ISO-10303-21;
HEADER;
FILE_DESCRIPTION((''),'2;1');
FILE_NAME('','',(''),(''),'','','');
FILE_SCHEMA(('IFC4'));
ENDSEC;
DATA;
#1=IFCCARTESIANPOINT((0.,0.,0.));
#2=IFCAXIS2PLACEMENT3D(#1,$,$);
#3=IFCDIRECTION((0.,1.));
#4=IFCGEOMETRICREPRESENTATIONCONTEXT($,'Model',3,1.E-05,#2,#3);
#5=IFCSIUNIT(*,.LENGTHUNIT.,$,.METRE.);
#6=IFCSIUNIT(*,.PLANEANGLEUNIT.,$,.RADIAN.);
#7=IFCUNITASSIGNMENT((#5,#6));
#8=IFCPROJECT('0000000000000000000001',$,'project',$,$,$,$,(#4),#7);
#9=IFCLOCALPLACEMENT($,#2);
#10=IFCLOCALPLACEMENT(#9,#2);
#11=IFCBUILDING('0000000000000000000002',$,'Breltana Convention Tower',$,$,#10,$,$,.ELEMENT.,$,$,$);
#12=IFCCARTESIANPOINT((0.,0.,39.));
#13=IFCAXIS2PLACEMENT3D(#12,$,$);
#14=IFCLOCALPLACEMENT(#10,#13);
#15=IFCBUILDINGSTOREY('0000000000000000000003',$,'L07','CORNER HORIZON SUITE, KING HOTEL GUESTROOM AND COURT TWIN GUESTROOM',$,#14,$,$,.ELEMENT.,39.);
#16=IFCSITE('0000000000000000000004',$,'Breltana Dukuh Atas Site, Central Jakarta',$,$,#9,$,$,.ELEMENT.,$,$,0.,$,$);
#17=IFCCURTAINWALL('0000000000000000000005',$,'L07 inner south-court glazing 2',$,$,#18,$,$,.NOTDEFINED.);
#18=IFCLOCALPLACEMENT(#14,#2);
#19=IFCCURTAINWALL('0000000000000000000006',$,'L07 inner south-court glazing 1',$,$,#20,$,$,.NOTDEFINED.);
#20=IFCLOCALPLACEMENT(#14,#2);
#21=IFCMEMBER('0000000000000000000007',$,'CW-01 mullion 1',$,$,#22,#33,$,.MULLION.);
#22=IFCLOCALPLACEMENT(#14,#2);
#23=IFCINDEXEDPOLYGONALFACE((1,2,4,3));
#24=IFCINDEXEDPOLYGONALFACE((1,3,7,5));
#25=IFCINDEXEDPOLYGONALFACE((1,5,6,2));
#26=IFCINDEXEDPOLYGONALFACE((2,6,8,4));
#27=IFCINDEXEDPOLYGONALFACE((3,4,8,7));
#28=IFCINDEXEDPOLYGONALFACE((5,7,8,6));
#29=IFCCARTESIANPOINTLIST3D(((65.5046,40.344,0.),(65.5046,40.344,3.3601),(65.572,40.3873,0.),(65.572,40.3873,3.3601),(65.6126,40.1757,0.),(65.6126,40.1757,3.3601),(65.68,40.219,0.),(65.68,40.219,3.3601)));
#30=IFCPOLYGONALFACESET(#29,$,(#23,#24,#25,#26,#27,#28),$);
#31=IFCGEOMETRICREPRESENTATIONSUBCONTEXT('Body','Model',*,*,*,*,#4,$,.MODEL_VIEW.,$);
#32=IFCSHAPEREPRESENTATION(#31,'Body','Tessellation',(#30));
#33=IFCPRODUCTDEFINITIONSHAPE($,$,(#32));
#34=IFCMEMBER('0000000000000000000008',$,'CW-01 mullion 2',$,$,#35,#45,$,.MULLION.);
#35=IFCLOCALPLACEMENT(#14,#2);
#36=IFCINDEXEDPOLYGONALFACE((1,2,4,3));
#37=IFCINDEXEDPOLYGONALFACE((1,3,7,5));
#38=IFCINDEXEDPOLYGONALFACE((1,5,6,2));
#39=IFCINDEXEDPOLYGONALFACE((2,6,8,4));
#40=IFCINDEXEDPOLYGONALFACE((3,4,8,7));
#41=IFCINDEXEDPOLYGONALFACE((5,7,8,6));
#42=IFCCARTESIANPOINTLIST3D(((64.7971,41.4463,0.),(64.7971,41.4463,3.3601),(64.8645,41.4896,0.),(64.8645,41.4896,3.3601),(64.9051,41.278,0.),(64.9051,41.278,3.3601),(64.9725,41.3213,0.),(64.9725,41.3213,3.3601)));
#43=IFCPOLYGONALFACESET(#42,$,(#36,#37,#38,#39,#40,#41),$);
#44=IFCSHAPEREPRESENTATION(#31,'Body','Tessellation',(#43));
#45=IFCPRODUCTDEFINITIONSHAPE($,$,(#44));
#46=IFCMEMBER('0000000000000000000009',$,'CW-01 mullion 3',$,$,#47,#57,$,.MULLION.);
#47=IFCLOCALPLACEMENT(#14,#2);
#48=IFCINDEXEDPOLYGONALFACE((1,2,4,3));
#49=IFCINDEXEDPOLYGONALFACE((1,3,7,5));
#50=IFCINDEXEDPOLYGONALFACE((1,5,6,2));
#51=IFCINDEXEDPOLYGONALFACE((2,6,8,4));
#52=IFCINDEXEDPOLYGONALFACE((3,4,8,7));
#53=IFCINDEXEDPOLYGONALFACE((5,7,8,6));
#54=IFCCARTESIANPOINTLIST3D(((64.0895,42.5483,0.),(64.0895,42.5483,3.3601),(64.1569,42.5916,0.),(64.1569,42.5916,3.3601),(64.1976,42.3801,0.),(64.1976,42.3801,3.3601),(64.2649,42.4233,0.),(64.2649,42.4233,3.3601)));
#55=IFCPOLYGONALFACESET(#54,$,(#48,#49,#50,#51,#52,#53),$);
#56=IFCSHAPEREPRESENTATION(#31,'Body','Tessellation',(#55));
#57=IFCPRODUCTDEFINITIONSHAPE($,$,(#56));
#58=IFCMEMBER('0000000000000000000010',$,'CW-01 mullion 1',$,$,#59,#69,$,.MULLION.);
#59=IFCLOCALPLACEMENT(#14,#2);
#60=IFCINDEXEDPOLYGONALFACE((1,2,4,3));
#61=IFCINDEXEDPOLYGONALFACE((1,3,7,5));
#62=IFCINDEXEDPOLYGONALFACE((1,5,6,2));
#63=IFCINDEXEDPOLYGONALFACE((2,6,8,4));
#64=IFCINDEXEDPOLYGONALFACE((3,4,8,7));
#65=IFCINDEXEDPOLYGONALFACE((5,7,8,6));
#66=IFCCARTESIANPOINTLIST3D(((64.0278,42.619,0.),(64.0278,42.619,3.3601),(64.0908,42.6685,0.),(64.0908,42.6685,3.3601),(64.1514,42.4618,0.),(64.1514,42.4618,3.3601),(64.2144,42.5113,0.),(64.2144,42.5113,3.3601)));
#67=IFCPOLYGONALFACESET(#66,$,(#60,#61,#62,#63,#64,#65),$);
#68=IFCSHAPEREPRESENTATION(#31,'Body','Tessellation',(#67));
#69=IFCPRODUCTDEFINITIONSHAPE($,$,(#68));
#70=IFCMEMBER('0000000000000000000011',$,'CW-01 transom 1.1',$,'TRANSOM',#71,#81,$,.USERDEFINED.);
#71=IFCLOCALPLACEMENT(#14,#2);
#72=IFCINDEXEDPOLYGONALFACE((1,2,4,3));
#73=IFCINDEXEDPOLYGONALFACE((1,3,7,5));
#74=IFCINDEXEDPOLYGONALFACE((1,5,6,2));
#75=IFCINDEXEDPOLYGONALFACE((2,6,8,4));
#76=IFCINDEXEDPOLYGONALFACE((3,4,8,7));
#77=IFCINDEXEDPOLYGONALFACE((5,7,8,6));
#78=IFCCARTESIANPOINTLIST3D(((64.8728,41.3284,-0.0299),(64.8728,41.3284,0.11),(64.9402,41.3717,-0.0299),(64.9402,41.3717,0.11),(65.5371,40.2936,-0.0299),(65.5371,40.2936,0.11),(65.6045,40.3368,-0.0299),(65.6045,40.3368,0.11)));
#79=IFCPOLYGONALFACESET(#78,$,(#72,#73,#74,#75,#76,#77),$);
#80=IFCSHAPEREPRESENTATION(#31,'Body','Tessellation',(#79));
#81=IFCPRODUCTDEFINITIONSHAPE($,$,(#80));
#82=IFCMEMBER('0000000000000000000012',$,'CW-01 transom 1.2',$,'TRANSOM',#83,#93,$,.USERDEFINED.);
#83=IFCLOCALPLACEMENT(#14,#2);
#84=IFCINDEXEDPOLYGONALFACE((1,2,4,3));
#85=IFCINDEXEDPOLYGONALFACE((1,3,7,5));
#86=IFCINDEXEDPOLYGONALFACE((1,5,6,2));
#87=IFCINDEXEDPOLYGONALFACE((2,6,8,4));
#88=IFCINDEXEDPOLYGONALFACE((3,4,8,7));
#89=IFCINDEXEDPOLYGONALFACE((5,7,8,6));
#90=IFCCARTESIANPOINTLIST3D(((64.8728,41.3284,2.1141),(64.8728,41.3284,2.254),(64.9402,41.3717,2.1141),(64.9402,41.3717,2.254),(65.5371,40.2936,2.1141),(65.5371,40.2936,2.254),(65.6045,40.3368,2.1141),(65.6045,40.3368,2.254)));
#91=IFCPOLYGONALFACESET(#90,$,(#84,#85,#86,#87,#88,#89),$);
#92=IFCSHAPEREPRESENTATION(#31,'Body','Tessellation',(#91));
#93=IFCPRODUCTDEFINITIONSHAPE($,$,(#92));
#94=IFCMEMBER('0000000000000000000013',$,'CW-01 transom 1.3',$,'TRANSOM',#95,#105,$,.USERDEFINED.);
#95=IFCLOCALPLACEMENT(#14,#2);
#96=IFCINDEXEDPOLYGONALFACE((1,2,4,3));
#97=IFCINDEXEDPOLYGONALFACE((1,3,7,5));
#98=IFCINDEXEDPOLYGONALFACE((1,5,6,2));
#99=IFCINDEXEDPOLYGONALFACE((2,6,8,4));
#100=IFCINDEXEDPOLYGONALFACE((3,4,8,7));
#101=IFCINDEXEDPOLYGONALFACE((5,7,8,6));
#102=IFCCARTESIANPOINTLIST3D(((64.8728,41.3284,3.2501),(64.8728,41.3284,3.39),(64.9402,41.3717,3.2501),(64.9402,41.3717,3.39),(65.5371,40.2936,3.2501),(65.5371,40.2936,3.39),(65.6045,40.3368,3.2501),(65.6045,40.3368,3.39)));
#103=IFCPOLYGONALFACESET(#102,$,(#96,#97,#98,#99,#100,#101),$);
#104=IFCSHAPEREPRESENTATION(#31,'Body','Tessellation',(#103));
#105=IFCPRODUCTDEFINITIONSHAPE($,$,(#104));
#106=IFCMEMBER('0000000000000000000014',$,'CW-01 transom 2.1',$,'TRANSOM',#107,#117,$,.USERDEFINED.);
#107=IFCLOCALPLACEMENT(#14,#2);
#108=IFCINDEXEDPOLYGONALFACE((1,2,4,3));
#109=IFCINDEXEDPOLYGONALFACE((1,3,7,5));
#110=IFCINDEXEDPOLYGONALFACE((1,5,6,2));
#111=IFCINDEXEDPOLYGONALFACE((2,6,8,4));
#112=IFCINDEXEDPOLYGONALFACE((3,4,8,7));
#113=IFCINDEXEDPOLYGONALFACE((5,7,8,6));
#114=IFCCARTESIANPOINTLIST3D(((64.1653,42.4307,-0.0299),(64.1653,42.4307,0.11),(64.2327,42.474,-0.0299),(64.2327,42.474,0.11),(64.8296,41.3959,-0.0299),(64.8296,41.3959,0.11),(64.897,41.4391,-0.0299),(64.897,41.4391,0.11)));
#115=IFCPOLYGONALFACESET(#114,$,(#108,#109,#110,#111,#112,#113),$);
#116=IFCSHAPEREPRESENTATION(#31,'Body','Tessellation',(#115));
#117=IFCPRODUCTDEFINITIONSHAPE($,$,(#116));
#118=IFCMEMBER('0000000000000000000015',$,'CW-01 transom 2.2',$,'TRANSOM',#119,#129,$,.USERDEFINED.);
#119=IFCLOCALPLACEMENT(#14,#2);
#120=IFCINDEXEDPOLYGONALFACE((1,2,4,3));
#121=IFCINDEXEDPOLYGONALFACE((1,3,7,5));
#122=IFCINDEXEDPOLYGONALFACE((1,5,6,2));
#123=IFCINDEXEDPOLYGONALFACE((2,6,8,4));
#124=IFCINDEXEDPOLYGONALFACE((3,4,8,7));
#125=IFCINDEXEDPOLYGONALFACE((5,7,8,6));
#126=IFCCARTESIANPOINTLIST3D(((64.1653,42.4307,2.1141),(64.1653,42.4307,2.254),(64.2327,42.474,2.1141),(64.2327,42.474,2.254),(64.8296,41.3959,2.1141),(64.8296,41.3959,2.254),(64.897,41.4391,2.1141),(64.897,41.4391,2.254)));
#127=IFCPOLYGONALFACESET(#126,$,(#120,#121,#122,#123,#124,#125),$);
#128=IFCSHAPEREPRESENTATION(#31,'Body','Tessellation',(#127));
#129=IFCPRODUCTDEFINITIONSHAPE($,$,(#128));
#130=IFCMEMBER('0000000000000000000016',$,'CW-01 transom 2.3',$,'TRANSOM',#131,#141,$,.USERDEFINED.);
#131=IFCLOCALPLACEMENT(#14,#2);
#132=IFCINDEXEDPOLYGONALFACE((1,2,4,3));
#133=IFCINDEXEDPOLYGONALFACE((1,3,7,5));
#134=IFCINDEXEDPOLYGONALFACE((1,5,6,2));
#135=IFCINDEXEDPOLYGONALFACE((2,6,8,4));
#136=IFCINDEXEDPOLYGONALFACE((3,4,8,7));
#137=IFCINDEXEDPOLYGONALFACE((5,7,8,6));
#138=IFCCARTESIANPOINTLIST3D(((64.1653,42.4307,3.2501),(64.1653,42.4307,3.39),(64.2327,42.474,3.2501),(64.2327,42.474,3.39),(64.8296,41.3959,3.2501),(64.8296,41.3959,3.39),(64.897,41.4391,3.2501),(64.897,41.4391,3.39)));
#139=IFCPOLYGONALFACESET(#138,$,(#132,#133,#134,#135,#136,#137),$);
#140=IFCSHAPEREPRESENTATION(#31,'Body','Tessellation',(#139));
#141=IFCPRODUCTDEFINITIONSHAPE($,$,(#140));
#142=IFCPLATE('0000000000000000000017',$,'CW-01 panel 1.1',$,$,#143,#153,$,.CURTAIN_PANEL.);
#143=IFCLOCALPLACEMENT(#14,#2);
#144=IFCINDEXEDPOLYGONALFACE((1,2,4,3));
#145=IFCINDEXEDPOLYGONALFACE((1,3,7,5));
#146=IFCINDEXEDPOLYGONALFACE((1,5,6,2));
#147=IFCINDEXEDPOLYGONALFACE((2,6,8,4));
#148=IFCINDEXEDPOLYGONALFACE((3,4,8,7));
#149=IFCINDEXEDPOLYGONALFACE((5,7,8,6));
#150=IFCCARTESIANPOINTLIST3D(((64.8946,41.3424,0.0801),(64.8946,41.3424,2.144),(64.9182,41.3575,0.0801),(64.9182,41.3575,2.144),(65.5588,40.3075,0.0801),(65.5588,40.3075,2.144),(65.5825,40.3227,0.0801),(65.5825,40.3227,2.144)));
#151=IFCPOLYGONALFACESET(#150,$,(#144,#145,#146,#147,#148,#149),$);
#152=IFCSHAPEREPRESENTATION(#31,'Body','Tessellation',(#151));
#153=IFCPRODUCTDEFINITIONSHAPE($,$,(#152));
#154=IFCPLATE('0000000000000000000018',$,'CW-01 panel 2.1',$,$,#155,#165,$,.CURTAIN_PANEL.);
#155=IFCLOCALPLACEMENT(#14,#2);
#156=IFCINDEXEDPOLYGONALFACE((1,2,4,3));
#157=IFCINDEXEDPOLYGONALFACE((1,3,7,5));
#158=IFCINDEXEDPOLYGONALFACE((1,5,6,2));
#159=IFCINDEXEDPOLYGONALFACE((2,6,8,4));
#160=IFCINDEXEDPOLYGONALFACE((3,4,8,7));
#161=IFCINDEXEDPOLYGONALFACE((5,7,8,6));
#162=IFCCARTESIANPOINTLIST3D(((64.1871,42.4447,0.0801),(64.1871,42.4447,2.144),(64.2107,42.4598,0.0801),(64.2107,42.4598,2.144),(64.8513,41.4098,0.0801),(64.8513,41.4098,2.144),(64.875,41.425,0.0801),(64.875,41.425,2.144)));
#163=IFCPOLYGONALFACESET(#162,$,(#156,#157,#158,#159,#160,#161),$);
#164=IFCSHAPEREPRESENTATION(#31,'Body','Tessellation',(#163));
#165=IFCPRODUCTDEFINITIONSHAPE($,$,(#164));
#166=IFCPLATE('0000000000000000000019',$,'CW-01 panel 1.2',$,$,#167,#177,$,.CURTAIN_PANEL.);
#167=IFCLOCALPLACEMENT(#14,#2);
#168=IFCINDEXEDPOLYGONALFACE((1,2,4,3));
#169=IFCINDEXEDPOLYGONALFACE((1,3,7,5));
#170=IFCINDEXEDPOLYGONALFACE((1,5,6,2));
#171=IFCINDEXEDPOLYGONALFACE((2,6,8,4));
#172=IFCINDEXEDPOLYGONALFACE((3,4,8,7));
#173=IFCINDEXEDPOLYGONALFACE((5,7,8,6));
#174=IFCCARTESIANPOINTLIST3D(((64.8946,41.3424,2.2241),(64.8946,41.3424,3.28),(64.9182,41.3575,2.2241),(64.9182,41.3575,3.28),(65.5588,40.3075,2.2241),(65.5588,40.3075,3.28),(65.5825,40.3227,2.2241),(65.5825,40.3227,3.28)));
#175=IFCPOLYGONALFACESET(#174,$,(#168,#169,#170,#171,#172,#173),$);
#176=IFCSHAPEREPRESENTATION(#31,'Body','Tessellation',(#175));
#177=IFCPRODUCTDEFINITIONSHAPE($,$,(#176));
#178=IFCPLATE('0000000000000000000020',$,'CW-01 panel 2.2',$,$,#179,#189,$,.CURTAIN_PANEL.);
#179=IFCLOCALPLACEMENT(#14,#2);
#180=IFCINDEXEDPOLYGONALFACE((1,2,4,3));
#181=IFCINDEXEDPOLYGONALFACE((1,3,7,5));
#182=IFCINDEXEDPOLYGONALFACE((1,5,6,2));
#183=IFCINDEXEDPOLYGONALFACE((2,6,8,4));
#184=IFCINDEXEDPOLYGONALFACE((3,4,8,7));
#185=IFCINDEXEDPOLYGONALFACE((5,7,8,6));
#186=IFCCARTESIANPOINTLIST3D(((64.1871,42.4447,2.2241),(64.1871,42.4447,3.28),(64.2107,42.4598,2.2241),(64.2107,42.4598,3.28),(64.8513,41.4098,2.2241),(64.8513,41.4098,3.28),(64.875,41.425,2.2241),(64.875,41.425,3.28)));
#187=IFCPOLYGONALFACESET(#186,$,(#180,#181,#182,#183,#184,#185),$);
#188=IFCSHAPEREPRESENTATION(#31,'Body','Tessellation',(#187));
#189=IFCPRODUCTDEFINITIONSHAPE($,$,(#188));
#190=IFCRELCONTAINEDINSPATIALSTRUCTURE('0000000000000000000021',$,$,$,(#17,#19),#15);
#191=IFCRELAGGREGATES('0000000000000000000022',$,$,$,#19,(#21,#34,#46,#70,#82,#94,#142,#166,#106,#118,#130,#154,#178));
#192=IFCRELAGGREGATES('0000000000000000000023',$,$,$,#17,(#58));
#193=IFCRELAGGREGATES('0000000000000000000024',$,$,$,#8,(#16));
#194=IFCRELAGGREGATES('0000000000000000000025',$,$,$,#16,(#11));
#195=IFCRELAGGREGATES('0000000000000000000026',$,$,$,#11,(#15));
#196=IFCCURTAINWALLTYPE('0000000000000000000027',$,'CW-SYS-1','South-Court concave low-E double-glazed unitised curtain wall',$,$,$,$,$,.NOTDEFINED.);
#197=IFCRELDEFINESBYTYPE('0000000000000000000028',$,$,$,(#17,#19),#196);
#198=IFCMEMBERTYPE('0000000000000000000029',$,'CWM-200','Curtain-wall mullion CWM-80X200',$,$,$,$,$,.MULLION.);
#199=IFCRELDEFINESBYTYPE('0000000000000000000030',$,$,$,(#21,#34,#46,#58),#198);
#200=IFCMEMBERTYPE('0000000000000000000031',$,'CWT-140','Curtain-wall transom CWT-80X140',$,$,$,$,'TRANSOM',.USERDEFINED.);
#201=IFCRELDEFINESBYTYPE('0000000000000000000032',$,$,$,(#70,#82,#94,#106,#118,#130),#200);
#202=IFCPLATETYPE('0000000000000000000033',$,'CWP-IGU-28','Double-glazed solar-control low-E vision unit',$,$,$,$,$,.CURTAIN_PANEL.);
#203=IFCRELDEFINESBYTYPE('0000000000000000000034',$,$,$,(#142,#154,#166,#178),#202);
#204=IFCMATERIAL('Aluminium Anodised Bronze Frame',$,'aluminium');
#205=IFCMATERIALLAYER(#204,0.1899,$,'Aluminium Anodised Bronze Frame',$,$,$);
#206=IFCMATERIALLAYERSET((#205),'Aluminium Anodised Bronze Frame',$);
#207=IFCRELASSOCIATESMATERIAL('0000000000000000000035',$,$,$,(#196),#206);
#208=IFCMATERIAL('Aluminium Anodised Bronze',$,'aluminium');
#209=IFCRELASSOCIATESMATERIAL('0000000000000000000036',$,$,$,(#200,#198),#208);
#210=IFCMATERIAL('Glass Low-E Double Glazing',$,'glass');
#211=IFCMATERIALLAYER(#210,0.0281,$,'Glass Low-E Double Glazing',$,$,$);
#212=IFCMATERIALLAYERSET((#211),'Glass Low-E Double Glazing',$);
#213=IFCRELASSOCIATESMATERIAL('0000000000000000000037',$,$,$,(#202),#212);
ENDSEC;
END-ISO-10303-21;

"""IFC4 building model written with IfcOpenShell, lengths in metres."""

from ifc_helpers import new_model, si_unit, direction, frame, origin, origin_2d, place, context, subcontext, project, spatial, rectangle, extrude, source, transform, mapped, material, layer, layer_set, material_profile, profile_set, type_object, element, aggregate, save


model = new_model("IFC4")

# Units and contexts
model_context = context("Model", 3, precision=1e-05, world=origin(), true_north=direction((0.0, 1.0)))
body_context = subcontext(model_context, "Body", "Model", "MODEL_VIEW")
ifc_project = project(units=[si_unit("LENGTHUNIT", "METRE"), si_unit("PLANEANGLEUNIT", "RADIAN")], contexts=[model_context])

# Site, building, storey
site_placement = place(None, origin())
site = spatial("IfcSite", under=ifc_project, at=site_placement, Name="Breltana Dukuh Atas Site, Central Jakarta", CompositionType="ELEMENT", RefElevation=0.0)
building_placement = place(site_placement, origin())
building = spatial("IfcBuilding", under=site, at=building_placement, Name="Breltana Convention Tower", CompositionType="ELEMENT")
storey_placement = place(building_placement, frame((0.0, 0.0, 39.0)))
storey = spatial("IfcBuildingStorey", under=building, at=storey_placement, Name="L07", Description="CORNER HORIZON SUITE, KING HOTEL GUESTROOM AND COURT TWIN GUESTROOM", CompositionType="ELEMENT", Elevation=39.0)

# Curtain walls, members
ifc_material_1 = material(Name="Aluminium Anodised Bronze Frame", Category="aluminium")
ifc_layer_1 = layer(ifc_material_1, 0.1899, Name="Aluminium Anodised Bronze Frame")
ifc_layer_set_1 = layer_set([ifc_layer_1], Name="Aluminium Anodised Bronze Frame")
curtain_wall_type = type_object("IfcCurtainWallType", Name="CW-SYS-1", Description="South-Court concave low-E double-glazed unitised curtain wall", PredefinedType="NOTDEFINED", material=ifc_layer_set_1)
curtain_wall_1_placement = place(storey_placement, origin())
curtain_wall_1 = element("IfcCurtainWall", 1, at=curtain_wall_1_placement, inside=storey, type_object=curtain_wall_type, Name="L07 inner south-court glazing 2", PredefinedType="NOTDEFINED")
ifc_material_2 = material(Name="Aluminium Anodised Bronze", Category="aluminium")
ifc_material_profile_1 = material_profile(ifc_material_2, rectangle(XDim=0.0801, YDim=0.1399, at=origin_2d()), Name="CWT-80X140")
ifc_profile_set_1 = profile_set([ifc_material_profile_1], Name="Aluminium Anodised Bronze")
member_type_1 = type_object("IfcMemberType", Name="CWT-140", Description="Curtain-wall transom CWT-80X140", ElementType="TRANSOM", PredefinedType="USERDEFINED", material=ifc_profile_set_1)
curtain_wall_2_placement = place(storey_placement, origin())
curtain_wall_2 = element("IfcCurtainWall", 2, at=curtain_wall_2_placement, inside=storey, type_object=curtain_wall_type, Name="L07 inner south-court glazing 1", PredefinedType="NOTDEFINED")
ifc_material_profile_2 = material_profile(ifc_material_2, rectangle(XDim=0.0801, YDim=0.2, at=origin_2d()), Name="CWM-80X200")
ifc_profile_set_2 = profile_set([ifc_material_profile_2], Name="Aluminium Anodised Bronze")
member_type_2 = type_object("IfcMemberType", Name="CWM-200", Description="Curtain-wall mullion CWM-80X200", PredefinedType="MULLION", material=ifc_profile_set_2)
shared_shape_1 = source(origin(), body_context, "Body", "SweptSolid", [
    extrude(rectangle(XDim=0.0801, YDim=0.2, at=origin_2d()), origin(), (0.0, 0.0, 1.0), 3.3601),
])
member_1_placement = place(storey_placement, frame((65.5923, 40.2815, 0.0), z_axis=(0.0, 0.0, 1.0), x_axis=(-0.841556, -0.54017, 0.0)))
member_1 = element("IfcMember", 3, at=member_1_placement, type_object=member_type_2, Name="CW-01 mullion 1", PredefinedType="MULLION", context=body_context, shape_type="MappedRepresentation", body=[
    mapped(shared_shape_1, transform((0.0, 0.0, 0.0), scale=1.0)),
])
member_2_placement = place(storey_placement, frame((64.8848, 41.3838, 0.0), z_axis=(0.0, 0.0, 1.0), x_axis=(-0.841556, -0.54017, 0.0)))
member_2 = element("IfcMember", 4, at=member_2_placement, type_object=member_type_2, Name="CW-01 mullion 2", PredefinedType="MULLION", context=body_context, shape_type="MappedRepresentation", body=[
    mapped(shared_shape_1, transform((0.0, 0.0, 0.0), scale=1.0)),
])
member_3_placement = place(storey_placement, frame((64.1772, 42.4858, 0.0), z_axis=(0.0, 0.0, 1.0), x_axis=(-0.841556, -0.54017, 0.0)))
member_3 = element("IfcMember", 5, at=member_3_placement, type_object=member_type_2, Name="CW-01 mullion 3", PredefinedType="MULLION", context=body_context, shape_type="MappedRepresentation", body=[
    mapped(shared_shape_1, transform((0.0, 0.0, 0.0), scale=1.0)),
])

# Members
member_4_placement = place(storey_placement, frame((64.1211, 42.5652, 0.0), z_axis=(0.0, 0.0, 1.0), x_axis=(-0.786058, -0.618153, 0.0)))
member_4 = element("IfcMember", 6, at=member_4_placement, type_object=member_type_2, Name="CW-01 mullion 1", PredefinedType="MULLION", context=body_context, shape_type="MappedRepresentation", body=[
    mapped(shared_shape_1, transform((0.0, 0.0, 0.0), scale=1.0)),
])
shared_shape_2 = source(origin(), body_context, "Body", "SweptSolid", [
    extrude(rectangle(XDim=0.0801, YDim=0.1399, at=origin_2d()), origin(), (0.0, 0.0, 1.0), 1.2297),
])
member_5_placement = place(storey_placement, frame((65.5708, 40.3152, 0.04), z_axis=(-0.540186, 0.841546, 0.0), x_axis=(-0.841546, -0.540186, 0.0)))
member_5 = element("IfcMember", 7, at=member_5_placement, type_object=member_type_1, Name="CW-01 transom 1.1", ObjectType="TRANSOM", PredefinedType="USERDEFINED", context=body_context, shape_type="MappedRepresentation", body=[
    mapped(shared_shape_2, transform((0.0, 0.0, 0.0), scale=1.0)),
])
member_6_placement = place(storey_placement, frame((65.5708, 40.3152, 2.1841), z_axis=(-0.540186, 0.841546, 0.0), x_axis=(-0.841546, -0.540186, 0.0)))
member_6 = element("IfcMember", 8, at=member_6_placement, type_object=member_type_1, Name="CW-01 transom 1.2", ObjectType="TRANSOM", PredefinedType="USERDEFINED", context=body_context, shape_type="MappedRepresentation", body=[
    mapped(shared_shape_2, transform((0.0, 0.0, 0.0), scale=1.0)),
])
member_7_placement = place(storey_placement, frame((65.5708, 40.3152, 3.3201), z_axis=(-0.540186, 0.841546, 0.0), x_axis=(-0.841546, -0.540186, 0.0)))
member_7 = element("IfcMember", 9, at=member_7_placement, type_object=member_type_1, Name="CW-01 transom 1.3", ObjectType="TRANSOM", PredefinedType="USERDEFINED", context=body_context, shape_type="MappedRepresentation", body=[
    mapped(shared_shape_2, transform((0.0, 0.0, 0.0), scale=1.0)),
])
member_8_placement = place(storey_placement, frame((64.8633, 41.4175, 0.04), z_axis=(-0.540186, 0.841546, 0.0), x_axis=(-0.841546, -0.540186, 0.0)))
member_8 = element("IfcMember", 10, at=member_8_placement, type_object=member_type_1, Name="CW-01 transom 2.1", ObjectType="TRANSOM", PredefinedType="USERDEFINED", context=body_context, shape_type="MappedRepresentation", body=[
    mapped(shared_shape_2, transform((0.0, 0.0, 0.0), scale=1.0)),
])
member_9_placement = place(storey_placement, frame((64.8633, 41.4175, 2.1841), z_axis=(-0.540186, 0.841546, 0.0), x_axis=(-0.841546, -0.540186, 0.0)))
member_9 = element("IfcMember", 11, at=member_9_placement, type_object=member_type_1, Name="CW-01 transom 2.2", ObjectType="TRANSOM", PredefinedType="USERDEFINED", context=body_context, shape_type="MappedRepresentation", body=[
    mapped(shared_shape_2, transform((0.0, 0.0, 0.0), scale=1.0)),
])
member_10_placement = place(storey_placement, frame((64.8633, 41.4175, 3.3201), z_axis=(-0.540186, 0.841546, 0.0), x_axis=(-0.841546, -0.540186, 0.0)))
member_10 = element("IfcMember", 12, at=member_10_placement, type_object=member_type_1, Name="CW-01 transom 2.3", ObjectType="TRANSOM", PredefinedType="USERDEFINED", context=body_context, shape_type="MappedRepresentation", body=[
    mapped(shared_shape_2, transform((0.0, 0.0, 0.0), scale=1.0)),
])

# Plates
ifc_material_3 = material(Name="Glass Low-E Double Glazing", Category="glass")
ifc_layer_2 = layer(ifc_material_3, 0.0281, Name="Glass Low-E Double Glazing")
ifc_layer_set_2 = layer_set([ifc_layer_2], Name="Glass Low-E Double Glazing")
plate_type = type_object("IfcPlateType", Name="CWP-IGU-28", Description="Double-glazed solar-control low-E vision unit", PredefinedType="CURTAIN_PANEL", material=ifc_layer_set_2)
shared_shape_3 = source(origin(), body_context, "Body", "SweptSolid", [
    extrude(rectangle(XDim=1.2297, YDim=0.0281, at=origin_2d()), origin(), (0.0, 0.0, 1.0), 2.064),
])
plate_1_placement = place(storey_placement, frame((65.2385, 40.8325, 0.0801), z_axis=(0.0, 0.0, 1.0), x_axis=(-0.54017, 0.841556, 0.0)))
plate_1 = element("IfcPlate", 13, at=plate_1_placement, type_object=plate_type, Name="CW-01 panel 1.1", PredefinedType="CURTAIN_PANEL", context=body_context, shape_type="MappedRepresentation", body=[
    mapped(shared_shape_3, transform((0.0, 0.0, 0.0), scale=1.0)),
])
plate_2_placement = place(storey_placement, frame((64.531, 41.9348, 0.0801), z_axis=(0.0, 0.0, 1.0), x_axis=(-0.54017, 0.841556, 0.0)))
plate_2 = element("IfcPlate", 14, at=plate_2_placement, type_object=plate_type, Name="CW-01 panel 2.1", PredefinedType="CURTAIN_PANEL", context=body_context, shape_type="MappedRepresentation", body=[
    mapped(shared_shape_3, transform((0.0, 0.0, 0.0), scale=1.0)),
])
shared_shape_4 = source(origin(), body_context, "Body", "SweptSolid", [
    extrude(rectangle(XDim=1.2297, YDim=0.0281, at=origin_2d()), origin(), (0.0, 0.0, 1.0), 1.0559),
])
plate_3_placement = place(storey_placement, frame((65.2385, 40.8325, 2.2241), z_axis=(0.0, 0.0, 1.0), x_axis=(-0.54017, 0.841556, 0.0)))
plate_3 = element("IfcPlate", 15, at=plate_3_placement, type_object=plate_type, Name="CW-01 panel 1.2", PredefinedType="CURTAIN_PANEL", context=body_context, shape_type="MappedRepresentation", body=[
    mapped(shared_shape_4, transform((0.0, 0.0, 0.0), scale=1.0)),
])
plate_4_placement = place(storey_placement, frame((64.531, 41.9348, 2.2241), z_axis=(0.0, 0.0, 1.0), x_axis=(-0.54017, 0.841556, 0.0)))
plate_4 = element("IfcPlate", 16, at=plate_4_placement, type_object=plate_type, Name="CW-01 panel 2.2", PredefinedType="CURTAIN_PANEL", context=body_context, shape_type="MappedRepresentation", body=[
    mapped(shared_shape_4, transform((0.0, 0.0, 0.0), scale=1.0)),
])
aggregate(curtain_wall_2, [member_1, member_2, member_3, member_5, member_6, member_7, plate_1, plate_3, member_8, member_9, member_10, plate_2, plate_4])
aggregate(curtain_wall_1, [member_4])

save(model, "model.ifc")
